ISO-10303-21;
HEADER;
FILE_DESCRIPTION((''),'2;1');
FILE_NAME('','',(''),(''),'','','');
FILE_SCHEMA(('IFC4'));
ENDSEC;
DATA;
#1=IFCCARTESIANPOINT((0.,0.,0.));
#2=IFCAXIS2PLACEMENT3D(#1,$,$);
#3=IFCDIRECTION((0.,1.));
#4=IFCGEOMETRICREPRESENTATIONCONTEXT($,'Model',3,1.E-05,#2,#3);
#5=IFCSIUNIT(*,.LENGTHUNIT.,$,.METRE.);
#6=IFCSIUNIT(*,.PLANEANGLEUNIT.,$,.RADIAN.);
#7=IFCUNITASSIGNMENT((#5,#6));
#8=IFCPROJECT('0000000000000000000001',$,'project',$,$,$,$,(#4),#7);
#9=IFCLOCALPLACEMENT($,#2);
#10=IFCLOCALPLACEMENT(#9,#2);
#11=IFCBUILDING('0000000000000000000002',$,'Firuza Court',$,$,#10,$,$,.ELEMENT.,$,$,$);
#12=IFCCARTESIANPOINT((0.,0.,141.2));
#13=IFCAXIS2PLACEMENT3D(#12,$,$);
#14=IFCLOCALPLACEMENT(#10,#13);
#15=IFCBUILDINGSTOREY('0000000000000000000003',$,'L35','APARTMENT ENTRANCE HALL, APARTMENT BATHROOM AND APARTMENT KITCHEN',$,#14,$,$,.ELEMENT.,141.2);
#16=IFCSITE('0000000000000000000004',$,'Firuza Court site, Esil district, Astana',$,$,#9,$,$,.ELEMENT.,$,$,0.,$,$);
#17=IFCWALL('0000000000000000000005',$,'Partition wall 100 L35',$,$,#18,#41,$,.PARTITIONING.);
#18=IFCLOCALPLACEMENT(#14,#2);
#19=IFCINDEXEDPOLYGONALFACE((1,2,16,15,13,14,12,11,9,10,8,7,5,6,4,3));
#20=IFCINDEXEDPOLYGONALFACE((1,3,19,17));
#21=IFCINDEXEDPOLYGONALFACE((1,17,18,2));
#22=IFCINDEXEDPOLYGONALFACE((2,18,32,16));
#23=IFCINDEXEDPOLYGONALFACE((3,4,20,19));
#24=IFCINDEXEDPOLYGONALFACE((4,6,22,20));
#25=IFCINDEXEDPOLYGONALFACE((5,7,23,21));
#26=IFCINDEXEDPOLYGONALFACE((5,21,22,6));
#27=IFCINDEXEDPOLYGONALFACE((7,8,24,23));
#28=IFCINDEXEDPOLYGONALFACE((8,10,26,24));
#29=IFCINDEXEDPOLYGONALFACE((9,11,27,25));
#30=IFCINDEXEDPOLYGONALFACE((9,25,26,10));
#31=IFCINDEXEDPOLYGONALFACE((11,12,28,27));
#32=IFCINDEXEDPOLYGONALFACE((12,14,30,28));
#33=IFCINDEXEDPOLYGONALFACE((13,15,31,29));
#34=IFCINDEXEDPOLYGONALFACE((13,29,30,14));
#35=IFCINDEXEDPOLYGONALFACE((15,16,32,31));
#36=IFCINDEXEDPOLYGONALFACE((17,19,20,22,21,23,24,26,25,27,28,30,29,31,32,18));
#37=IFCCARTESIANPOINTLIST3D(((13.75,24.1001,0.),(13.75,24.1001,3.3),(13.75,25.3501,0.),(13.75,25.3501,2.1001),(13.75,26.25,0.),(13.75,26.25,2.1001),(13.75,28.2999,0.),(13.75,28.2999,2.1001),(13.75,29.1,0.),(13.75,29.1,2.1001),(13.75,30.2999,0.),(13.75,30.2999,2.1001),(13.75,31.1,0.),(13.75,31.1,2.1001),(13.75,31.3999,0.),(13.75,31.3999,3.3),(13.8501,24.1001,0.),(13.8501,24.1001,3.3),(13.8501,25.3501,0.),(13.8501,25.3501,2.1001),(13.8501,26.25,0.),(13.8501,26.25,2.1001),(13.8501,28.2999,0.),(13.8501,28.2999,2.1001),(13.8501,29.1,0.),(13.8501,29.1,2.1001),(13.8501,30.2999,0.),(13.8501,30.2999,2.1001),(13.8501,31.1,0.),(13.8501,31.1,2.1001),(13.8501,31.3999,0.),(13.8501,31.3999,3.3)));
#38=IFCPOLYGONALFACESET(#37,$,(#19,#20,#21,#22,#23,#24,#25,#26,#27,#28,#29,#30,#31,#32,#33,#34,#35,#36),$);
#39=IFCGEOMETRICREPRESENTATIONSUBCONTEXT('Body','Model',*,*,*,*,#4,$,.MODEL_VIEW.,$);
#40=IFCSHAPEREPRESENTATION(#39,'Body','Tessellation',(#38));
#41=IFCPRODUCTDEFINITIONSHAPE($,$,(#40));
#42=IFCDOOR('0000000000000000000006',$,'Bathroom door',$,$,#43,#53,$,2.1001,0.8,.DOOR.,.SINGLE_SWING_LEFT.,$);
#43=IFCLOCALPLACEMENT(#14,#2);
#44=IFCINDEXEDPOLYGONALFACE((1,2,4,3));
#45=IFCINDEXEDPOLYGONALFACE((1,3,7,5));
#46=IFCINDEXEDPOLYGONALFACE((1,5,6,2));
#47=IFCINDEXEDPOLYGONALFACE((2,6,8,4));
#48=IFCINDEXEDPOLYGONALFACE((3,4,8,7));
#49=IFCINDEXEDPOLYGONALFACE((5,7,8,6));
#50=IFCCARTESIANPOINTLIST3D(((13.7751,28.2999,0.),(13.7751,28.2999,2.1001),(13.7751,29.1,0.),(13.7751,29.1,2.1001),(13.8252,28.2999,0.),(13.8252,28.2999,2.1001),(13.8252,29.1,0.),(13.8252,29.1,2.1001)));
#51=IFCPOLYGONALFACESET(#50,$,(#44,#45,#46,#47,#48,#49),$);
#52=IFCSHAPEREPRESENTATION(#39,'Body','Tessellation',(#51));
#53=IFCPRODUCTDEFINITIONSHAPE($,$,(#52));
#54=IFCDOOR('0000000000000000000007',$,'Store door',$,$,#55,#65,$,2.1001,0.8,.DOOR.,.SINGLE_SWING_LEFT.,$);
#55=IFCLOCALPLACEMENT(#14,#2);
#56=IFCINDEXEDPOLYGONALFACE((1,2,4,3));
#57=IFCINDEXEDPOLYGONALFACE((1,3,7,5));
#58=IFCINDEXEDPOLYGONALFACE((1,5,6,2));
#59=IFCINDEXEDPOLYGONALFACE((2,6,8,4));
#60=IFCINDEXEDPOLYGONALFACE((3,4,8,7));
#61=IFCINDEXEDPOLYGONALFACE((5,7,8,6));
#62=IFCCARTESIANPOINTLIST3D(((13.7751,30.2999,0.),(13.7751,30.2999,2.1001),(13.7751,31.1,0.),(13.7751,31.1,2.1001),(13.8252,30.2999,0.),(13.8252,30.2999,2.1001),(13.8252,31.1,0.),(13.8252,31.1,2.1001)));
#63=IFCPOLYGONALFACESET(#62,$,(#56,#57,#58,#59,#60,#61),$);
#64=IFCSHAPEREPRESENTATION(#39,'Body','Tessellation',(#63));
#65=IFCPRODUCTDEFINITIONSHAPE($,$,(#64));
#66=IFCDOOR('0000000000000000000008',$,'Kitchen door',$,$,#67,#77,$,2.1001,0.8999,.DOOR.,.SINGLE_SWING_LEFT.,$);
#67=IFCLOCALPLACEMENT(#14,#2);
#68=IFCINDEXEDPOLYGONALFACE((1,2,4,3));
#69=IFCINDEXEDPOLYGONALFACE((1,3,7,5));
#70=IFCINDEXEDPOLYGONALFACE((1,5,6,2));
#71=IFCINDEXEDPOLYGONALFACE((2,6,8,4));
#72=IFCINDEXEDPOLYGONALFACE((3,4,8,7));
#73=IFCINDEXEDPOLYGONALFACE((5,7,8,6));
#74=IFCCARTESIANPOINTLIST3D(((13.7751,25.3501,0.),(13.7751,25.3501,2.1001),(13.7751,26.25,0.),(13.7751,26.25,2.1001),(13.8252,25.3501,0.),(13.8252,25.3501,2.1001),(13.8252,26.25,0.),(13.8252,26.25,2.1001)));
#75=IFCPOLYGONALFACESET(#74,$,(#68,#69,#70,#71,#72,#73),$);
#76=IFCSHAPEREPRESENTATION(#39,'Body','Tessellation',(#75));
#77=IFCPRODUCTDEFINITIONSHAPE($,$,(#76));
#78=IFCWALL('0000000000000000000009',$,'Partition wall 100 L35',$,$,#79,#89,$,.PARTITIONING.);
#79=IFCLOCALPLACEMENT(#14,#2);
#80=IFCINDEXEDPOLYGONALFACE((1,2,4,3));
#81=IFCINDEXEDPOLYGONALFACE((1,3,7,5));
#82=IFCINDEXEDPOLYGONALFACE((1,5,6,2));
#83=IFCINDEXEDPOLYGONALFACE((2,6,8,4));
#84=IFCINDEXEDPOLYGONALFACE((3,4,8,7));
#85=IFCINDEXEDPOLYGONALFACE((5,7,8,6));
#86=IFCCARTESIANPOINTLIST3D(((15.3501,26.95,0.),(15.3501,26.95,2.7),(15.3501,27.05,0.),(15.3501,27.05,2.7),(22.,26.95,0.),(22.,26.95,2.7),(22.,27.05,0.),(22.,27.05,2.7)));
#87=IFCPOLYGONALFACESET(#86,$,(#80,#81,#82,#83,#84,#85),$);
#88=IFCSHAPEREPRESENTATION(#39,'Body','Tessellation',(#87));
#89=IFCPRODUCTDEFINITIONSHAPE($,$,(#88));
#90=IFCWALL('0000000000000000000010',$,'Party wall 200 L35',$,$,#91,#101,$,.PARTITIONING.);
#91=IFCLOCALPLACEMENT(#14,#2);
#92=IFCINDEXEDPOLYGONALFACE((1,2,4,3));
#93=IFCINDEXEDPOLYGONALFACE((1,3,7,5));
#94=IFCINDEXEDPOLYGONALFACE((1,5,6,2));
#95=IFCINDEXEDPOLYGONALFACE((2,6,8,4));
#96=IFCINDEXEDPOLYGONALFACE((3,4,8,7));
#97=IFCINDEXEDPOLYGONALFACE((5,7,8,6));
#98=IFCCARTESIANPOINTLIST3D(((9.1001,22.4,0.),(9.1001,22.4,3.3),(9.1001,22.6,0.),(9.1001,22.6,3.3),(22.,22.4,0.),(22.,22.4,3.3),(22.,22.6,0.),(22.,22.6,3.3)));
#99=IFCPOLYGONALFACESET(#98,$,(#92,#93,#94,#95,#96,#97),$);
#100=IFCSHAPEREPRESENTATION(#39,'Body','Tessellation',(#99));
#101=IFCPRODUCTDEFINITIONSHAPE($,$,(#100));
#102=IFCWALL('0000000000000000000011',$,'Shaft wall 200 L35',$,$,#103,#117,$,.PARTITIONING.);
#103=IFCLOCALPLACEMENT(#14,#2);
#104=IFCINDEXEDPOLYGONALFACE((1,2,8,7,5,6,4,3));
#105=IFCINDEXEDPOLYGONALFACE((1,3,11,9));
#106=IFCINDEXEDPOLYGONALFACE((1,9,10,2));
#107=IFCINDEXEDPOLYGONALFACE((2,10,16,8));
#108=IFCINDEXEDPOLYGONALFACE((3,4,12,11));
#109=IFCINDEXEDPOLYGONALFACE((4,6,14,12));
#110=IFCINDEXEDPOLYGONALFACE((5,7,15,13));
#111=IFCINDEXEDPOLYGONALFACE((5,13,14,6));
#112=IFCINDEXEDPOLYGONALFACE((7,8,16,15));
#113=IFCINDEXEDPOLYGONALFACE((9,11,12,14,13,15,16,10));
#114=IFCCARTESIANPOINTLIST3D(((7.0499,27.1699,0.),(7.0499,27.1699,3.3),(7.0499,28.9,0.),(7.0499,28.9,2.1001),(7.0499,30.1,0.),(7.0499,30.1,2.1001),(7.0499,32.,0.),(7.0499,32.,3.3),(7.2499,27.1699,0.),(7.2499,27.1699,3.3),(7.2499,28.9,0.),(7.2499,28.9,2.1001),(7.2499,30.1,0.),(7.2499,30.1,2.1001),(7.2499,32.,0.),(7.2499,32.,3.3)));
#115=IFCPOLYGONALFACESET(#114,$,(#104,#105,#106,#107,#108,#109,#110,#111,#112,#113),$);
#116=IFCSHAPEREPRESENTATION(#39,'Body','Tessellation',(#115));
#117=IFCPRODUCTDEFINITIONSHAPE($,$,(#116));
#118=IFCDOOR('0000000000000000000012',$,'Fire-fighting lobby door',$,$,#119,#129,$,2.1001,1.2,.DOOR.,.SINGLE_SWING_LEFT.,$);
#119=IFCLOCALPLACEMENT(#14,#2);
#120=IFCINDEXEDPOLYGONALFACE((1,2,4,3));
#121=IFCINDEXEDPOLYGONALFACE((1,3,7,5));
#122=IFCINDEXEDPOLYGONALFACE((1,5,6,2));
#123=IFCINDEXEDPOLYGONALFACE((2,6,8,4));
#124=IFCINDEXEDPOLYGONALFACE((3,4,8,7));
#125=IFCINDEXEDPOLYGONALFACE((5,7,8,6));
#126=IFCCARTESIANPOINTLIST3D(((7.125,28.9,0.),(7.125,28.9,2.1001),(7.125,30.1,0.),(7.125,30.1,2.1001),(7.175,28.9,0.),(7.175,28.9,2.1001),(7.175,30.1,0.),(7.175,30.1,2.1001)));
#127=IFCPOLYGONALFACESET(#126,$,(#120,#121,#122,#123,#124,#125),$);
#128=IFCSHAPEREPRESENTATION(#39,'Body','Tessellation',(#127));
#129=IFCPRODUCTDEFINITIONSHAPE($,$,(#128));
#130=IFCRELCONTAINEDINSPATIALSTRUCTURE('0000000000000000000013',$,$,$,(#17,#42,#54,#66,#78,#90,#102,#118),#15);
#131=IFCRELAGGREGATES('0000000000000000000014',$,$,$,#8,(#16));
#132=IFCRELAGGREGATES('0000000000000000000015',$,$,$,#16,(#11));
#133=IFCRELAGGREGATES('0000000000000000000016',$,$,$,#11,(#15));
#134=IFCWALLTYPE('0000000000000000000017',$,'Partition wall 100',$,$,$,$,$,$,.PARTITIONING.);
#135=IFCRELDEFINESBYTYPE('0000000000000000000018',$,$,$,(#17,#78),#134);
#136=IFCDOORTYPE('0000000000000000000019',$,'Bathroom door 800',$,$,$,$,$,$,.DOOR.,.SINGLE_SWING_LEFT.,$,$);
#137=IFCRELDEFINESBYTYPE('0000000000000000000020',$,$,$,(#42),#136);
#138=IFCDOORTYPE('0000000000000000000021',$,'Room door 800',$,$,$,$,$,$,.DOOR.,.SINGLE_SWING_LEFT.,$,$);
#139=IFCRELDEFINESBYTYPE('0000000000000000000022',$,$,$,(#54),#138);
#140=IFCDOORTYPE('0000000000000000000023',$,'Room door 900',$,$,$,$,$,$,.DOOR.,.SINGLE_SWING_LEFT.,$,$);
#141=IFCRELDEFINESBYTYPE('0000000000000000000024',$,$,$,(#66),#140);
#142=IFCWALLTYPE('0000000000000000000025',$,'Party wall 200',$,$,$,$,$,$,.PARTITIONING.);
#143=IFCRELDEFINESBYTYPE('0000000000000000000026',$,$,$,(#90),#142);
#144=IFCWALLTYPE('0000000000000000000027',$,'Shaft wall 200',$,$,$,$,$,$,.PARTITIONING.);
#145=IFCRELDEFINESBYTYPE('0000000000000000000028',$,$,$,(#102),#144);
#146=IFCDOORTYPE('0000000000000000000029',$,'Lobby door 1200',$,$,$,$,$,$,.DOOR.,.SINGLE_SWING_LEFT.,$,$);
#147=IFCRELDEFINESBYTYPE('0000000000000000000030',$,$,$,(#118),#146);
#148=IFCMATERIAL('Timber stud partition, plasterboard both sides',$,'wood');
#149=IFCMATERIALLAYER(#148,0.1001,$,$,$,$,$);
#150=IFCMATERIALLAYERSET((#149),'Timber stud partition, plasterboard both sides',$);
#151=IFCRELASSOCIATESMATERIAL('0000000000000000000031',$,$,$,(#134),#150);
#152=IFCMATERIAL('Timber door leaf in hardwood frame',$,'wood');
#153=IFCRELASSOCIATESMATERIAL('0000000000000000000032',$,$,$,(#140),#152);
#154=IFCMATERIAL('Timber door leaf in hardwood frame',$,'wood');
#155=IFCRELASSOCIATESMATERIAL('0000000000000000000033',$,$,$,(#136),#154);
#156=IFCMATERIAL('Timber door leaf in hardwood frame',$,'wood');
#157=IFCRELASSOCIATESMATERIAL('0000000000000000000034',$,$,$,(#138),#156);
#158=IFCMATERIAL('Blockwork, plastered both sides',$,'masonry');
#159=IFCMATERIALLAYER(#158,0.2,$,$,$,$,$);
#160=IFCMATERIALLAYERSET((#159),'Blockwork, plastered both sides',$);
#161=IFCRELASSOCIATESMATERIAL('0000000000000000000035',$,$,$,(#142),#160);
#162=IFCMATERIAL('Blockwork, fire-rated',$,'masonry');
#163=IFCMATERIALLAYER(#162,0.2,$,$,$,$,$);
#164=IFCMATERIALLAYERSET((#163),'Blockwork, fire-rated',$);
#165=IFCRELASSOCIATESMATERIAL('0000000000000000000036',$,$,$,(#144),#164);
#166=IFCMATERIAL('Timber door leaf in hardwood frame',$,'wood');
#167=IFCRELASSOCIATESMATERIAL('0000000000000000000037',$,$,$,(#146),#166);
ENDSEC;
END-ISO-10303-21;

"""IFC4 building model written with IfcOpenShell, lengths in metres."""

from ifc_helpers import new_model, si_unit, direction, frame, frame_2d, origin, place, context, subcontext, project, spatial, rectangle, extrude, material, layer, layer_set, type_object, element, fill, save


model = new_model("IFC4")

# Units and contexts
model_context = context("Model", 3, precision=1e-05, world=origin(), true_north=direction((0.0, 1.0)))
body_context = subcontext(model_context, "Body", "Model", "MODEL_VIEW")
ifc_project = project(units=[si_unit("LENGTHUNIT", "METRE"), si_unit("PLANEANGLEUNIT", "RADIAN")], contexts=[model_context])

# Site, building, storey
site_placement = place(None, origin())
site = spatial("IfcSite", under=ifc_project, at=site_placement, Name="Firuza Court site, Esil district, Astana", CompositionType="ELEMENT", RefElevation=0.0)
building_placement = place(site_placement, origin())
building = spatial("IfcBuilding", under=site, at=building_placement, Name="Firuza Court", CompositionType="ELEMENT")
storey_placement = place(building_placement, frame((0.0, 0.0, 141.2)))
storey = spatial("IfcBuildingStorey", under=building, at=storey_placement, Name="L35", Description="APARTMENT ENTRANCE HALL, APARTMENT BATHROOM AND APARTMENT KITCHEN", CompositionType="ELEMENT", Elevation=141.2)

# Shared definitions
ifc_material_1 = material(Name="Timber stud partition, plasterboard both sides", Category="wood")
ifc_layer_1 = layer(ifc_material_1, 0.1001)
ifc_layer_set_1 = layer_set([ifc_layer_1], Name="Timber stud partition, plasterboard both sides")
wall_type_1 = type_object("IfcWallType", Name="Partition wall 100", PredefinedType="PARTITIONING", material=ifc_layer_set_1)
ifc_material_2 = material(Name="Timber door leaf in hardwood frame", Category="wood")
door_type_1 = type_object("IfcDoorType", Name="Room door 900", OperationType="SINGLE_SWING_LEFT", PredefinedType="DOOR", material=ifc_material_2)

# Wall, openings, doors
wall_1_placement = place(storey_placement, frame((13.8, 24.1001, 0.0), z_axis=(0.0, 0.0, 1.0), x_axis=(0.0, 1.0, 0.0)))
wall_1 = element("IfcWall", 1, at=wall_1_placement, inside=storey, type_object=wall_type_1, Name="Partition wall 100 L35", PredefinedType="PARTITIONING", context=body_context, shape_type="SweptSolid", body=[
    extrude(rectangle(XDim=7.2998, YDim=0.1001, at=frame_2d((3.6499, 0.0))), origin(), (0.0, 0.0, 1.0), 3.3),
])
opening_1_placement = place(wall_1_placement, frame((4.2, 0.0, 0.0)))
opening_1 = element("IfcOpeningElement", 2, at=opening_1_placement, cuts=wall_1, PredefinedType="OPENING", context=body_context, shape_type="SweptSolid", body=[
    extrude(rectangle(XDim=0.8, YDim=2.1001, at=frame_2d((0.3999, 1.05))), frame((0.0, 0.062, 0.0), z_axis=(0.0, -1.0, 0.0), x_axis=(1.0, 0.0, 0.0)), (0.0, 0.0, 1.0), 0.124),
])
opening_2_placement = place(wall_1_placement, frame((1.25, 0.0, 0.0)))
opening_2 = element("IfcOpeningElement", 3, at=opening_2_placement, cuts=wall_1, PredefinedType="OPENING", context=body_context, shape_type="SweptSolid", body=[
    extrude(rectangle(XDim=0.8999, YDim=2.1001, at=frame_2d((0.45, 1.05))), frame((0.0, 0.062, 0.0), z_axis=(0.0, -1.0, 0.0), x_axis=(1.0, 0.0, 0.0)), (0.0, 0.0, 1.0), 0.124),
])
opening_3_placement = place(wall_1_placement, frame((6.2, 0.0, 0.0)))
opening_3 = element("IfcOpeningElement", 4, at=opening_3_placement, cuts=wall_1, PredefinedType="OPENING", context=body_context, shape_type="SweptSolid", body=[
    extrude(rectangle(XDim=0.8, YDim=2.1001, at=frame_2d((0.3999, 1.05))), frame((0.0, 0.062, 0.0), z_axis=(0.0, -1.0, 0.0), x_axis=(1.0, 0.0, 0.0)), (0.0, 0.0, 1.0), 0.124),
])
ifc_material_3 = material(Name="Timber door leaf in hardwood frame", Category="wood")
door_type_2 = type_object("IfcDoorType", Name="Bathroom door 800", OperationType="SINGLE_SWING_LEFT", PredefinedType="DOOR", material=ifc_material_3)
door_1_placement = place(opening_1_placement, origin())
door_1 = element("IfcDoor", 5, at=door_1_placement, inside=storey, type_object=door_type_2, Name="Bathroom door", OperationType="SINGLE_SWING_LEFT", OverallHeight=2.1001, OverallWidth=0.8, PredefinedType="DOOR", context=body_context, shape_type="SweptSolid", body=[
    extrude(rectangle(XDim=0.8, YDim=2.1001, at=frame_2d((0.3999, 1.05))), frame((0.0, 0.0249, 0.0), z_axis=(0.0, -1.0, 0.0), x_axis=(1.0, 0.0, 0.0)), (0.0, 0.0, 1.0), 0.05),
])
fill(opening_1, door_1)
ifc_material_4 = material(Name="Timber door leaf in hardwood frame", Category="wood")
door_type_3 = type_object("IfcDoorType", Name="Room door 800", OperationType="SINGLE_SWING_LEFT", PredefinedType="DOOR", material=ifc_material_4)
door_2_placement = place(opening_3_placement, origin())
door_2 = element("IfcDoor", 6, at=door_2_placement, inside=storey, type_object=door_type_3, Name="Store door", OperationType="SINGLE_SWING_LEFT", OverallHeight=2.1001, OverallWidth=0.8, PredefinedType="DOOR", context=body_context, shape_type="SweptSolid", body=[
    extrude(rectangle(XDim=0.8, YDim=2.1001, at=frame_2d((0.3999, 1.05))), frame((0.0, 0.0249, 0.0), z_axis=(0.0, -1.0, 0.0), x_axis=(1.0, 0.0, 0.0)), (0.0, 0.0, 1.0), 0.05),
])
fill(opening_3, door_2)
door_3_placement = place(opening_2_placement, origin())
door_3 = element("IfcDoor", 7, at=door_3_placement, inside=storey, type_object=door_type_1, Name="Kitchen door", OperationType="SINGLE_SWING_LEFT", OverallHeight=2.1001, OverallWidth=0.8999, PredefinedType="DOOR", context=body_context, shape_type="SweptSolid", body=[
    extrude(rectangle(XDim=0.8999, YDim=2.1001, at=frame_2d((0.45, 1.05))), frame((0.0, 0.0249, 0.0), z_axis=(0.0, -1.0, 0.0), x_axis=(1.0, 0.0, 0.0)), (0.0, 0.0, 1.0), 0.05),
])
fill(opening_2, door_3)

# Walls
wall_2_placement = place(storey_placement, frame((15.3501, 27.0, 0.0), z_axis=(0.0, 0.0, 1.0), x_axis=(1.0, 0.0, 0.0)))
element("IfcWall", 8, at=wall_2_placement, inside=storey, type_object=wall_type_1, Name="Partition wall 100 L35", PredefinedType="PARTITIONING", context=body_context, shape_type="SweptSolid", body=[
    extrude(rectangle(XDim=6.6499, YDim=0.1001, at=frame_2d((3.325, 0.0))), origin(), (0.0, 0.0, 1.0), 2.7),
])
ifc_material_5 = material(Name="Blockwork, plastered both sides", Category="masonry")
ifc_layer_2 = layer(ifc_material_5, 0.2)
ifc_layer_set_2 = layer_set([ifc_layer_2], Name="Blockwork, plastered both sides")
wall_type_2 = type_object("IfcWallType", Name="Party wall 200", PredefinedType="PARTITIONING", material=ifc_layer_set_2)
wall_3_placement = place(storey_placement, frame((9.1001, 22.5, 0.0), z_axis=(0.0, 0.0, 1.0), x_axis=(1.0, 0.0, 0.0)))
element("IfcWall", 9, at=wall_3_placement, inside=storey, type_object=wall_type_2, Name="Party wall 200 L35", PredefinedType="PARTITIONING", context=body_context, shape_type="SweptSolid", body=[
    extrude(rectangle(XDim=12.8999, YDim=0.2, at=frame_2d((6.45, 0.0))), origin(), (0.0, 0.0, 1.0), 3.3),
])

# Wall, opening, door
ifc_material_6 = material(Name="Blockwork, fire-rated", Category="masonry")
ifc_layer_3 = layer(ifc_material_6, 0.2)
ifc_layer_set_3 = layer_set([ifc_layer_3], Name="Blockwork, fire-rated")
wall_type_3 = type_object("IfcWallType", Name="Shaft wall 200", PredefinedType="PARTITIONING", material=ifc_layer_set_3)
wall_4_placement = place(storey_placement, frame((7.1499, 27.1699, 0.0), z_axis=(0.0, 0.0, 1.0), x_axis=(0.0, 1.0, 0.0)))
wall_4 = element("IfcWall", 10, at=wall_4_placement, inside=storey, type_object=wall_type_3, Name="Shaft wall 200 L35", PredefinedType="PARTITIONING", context=body_context, shape_type="SweptSolid", body=[
    extrude(rectangle(XDim=4.8301, YDim=0.2, at=frame_2d((2.415, 0.0))), origin(), (0.0, 0.0, 1.0), 3.3),
])
opening_4_placement = place(wall_4_placement, frame((1.73, 0.0, 0.0)))
opening_4 = element("IfcOpeningElement", 11, at=opening_4_placement, cuts=wall_4, PredefinedType="OPENING", context=body_context, shape_type="SweptSolid", body=[
    extrude(rectangle(XDim=1.2, YDim=2.1001, at=frame_2d((0.6001, 1.05))), frame((0.0, 0.1118, 0.0), z_axis=(0.0, -1.0, 0.0), x_axis=(1.0, 0.0, 0.0)), (0.0, 0.0, 1.0), 0.2239),
])
ifc_material_7 = material(Name="Timber door leaf in hardwood frame", Category="wood")
door_type_4 = type_object("IfcDoorType", Name="Lobby door 1200", OperationType="SINGLE_SWING_LEFT", PredefinedType="DOOR", material=ifc_material_7)
door_4_placement = place(opening_4_placement, origin())
door_4 = element("IfcDoor", 12, at=door_4_placement, inside=storey, type_object=door_type_4, Name="Fire-fighting lobby door", OperationType="SINGLE_SWING_LEFT", OverallHeight=2.1001, OverallWidth=1.2, PredefinedType="DOOR", context=body_context, shape_type="SweptSolid", body=[
    extrude(rectangle(XDim=1.2, YDim=2.1001, at=frame_2d((0.6001, 1.05))), frame((0.0, 0.0249, 0.0), z_axis=(0.0, -1.0, 0.0), x_axis=(1.0, 0.0, 0.0)), (0.0, 0.0, 1.0), 0.05),
])
fill(opening_4, door_4)

save(model, "model.ifc")
